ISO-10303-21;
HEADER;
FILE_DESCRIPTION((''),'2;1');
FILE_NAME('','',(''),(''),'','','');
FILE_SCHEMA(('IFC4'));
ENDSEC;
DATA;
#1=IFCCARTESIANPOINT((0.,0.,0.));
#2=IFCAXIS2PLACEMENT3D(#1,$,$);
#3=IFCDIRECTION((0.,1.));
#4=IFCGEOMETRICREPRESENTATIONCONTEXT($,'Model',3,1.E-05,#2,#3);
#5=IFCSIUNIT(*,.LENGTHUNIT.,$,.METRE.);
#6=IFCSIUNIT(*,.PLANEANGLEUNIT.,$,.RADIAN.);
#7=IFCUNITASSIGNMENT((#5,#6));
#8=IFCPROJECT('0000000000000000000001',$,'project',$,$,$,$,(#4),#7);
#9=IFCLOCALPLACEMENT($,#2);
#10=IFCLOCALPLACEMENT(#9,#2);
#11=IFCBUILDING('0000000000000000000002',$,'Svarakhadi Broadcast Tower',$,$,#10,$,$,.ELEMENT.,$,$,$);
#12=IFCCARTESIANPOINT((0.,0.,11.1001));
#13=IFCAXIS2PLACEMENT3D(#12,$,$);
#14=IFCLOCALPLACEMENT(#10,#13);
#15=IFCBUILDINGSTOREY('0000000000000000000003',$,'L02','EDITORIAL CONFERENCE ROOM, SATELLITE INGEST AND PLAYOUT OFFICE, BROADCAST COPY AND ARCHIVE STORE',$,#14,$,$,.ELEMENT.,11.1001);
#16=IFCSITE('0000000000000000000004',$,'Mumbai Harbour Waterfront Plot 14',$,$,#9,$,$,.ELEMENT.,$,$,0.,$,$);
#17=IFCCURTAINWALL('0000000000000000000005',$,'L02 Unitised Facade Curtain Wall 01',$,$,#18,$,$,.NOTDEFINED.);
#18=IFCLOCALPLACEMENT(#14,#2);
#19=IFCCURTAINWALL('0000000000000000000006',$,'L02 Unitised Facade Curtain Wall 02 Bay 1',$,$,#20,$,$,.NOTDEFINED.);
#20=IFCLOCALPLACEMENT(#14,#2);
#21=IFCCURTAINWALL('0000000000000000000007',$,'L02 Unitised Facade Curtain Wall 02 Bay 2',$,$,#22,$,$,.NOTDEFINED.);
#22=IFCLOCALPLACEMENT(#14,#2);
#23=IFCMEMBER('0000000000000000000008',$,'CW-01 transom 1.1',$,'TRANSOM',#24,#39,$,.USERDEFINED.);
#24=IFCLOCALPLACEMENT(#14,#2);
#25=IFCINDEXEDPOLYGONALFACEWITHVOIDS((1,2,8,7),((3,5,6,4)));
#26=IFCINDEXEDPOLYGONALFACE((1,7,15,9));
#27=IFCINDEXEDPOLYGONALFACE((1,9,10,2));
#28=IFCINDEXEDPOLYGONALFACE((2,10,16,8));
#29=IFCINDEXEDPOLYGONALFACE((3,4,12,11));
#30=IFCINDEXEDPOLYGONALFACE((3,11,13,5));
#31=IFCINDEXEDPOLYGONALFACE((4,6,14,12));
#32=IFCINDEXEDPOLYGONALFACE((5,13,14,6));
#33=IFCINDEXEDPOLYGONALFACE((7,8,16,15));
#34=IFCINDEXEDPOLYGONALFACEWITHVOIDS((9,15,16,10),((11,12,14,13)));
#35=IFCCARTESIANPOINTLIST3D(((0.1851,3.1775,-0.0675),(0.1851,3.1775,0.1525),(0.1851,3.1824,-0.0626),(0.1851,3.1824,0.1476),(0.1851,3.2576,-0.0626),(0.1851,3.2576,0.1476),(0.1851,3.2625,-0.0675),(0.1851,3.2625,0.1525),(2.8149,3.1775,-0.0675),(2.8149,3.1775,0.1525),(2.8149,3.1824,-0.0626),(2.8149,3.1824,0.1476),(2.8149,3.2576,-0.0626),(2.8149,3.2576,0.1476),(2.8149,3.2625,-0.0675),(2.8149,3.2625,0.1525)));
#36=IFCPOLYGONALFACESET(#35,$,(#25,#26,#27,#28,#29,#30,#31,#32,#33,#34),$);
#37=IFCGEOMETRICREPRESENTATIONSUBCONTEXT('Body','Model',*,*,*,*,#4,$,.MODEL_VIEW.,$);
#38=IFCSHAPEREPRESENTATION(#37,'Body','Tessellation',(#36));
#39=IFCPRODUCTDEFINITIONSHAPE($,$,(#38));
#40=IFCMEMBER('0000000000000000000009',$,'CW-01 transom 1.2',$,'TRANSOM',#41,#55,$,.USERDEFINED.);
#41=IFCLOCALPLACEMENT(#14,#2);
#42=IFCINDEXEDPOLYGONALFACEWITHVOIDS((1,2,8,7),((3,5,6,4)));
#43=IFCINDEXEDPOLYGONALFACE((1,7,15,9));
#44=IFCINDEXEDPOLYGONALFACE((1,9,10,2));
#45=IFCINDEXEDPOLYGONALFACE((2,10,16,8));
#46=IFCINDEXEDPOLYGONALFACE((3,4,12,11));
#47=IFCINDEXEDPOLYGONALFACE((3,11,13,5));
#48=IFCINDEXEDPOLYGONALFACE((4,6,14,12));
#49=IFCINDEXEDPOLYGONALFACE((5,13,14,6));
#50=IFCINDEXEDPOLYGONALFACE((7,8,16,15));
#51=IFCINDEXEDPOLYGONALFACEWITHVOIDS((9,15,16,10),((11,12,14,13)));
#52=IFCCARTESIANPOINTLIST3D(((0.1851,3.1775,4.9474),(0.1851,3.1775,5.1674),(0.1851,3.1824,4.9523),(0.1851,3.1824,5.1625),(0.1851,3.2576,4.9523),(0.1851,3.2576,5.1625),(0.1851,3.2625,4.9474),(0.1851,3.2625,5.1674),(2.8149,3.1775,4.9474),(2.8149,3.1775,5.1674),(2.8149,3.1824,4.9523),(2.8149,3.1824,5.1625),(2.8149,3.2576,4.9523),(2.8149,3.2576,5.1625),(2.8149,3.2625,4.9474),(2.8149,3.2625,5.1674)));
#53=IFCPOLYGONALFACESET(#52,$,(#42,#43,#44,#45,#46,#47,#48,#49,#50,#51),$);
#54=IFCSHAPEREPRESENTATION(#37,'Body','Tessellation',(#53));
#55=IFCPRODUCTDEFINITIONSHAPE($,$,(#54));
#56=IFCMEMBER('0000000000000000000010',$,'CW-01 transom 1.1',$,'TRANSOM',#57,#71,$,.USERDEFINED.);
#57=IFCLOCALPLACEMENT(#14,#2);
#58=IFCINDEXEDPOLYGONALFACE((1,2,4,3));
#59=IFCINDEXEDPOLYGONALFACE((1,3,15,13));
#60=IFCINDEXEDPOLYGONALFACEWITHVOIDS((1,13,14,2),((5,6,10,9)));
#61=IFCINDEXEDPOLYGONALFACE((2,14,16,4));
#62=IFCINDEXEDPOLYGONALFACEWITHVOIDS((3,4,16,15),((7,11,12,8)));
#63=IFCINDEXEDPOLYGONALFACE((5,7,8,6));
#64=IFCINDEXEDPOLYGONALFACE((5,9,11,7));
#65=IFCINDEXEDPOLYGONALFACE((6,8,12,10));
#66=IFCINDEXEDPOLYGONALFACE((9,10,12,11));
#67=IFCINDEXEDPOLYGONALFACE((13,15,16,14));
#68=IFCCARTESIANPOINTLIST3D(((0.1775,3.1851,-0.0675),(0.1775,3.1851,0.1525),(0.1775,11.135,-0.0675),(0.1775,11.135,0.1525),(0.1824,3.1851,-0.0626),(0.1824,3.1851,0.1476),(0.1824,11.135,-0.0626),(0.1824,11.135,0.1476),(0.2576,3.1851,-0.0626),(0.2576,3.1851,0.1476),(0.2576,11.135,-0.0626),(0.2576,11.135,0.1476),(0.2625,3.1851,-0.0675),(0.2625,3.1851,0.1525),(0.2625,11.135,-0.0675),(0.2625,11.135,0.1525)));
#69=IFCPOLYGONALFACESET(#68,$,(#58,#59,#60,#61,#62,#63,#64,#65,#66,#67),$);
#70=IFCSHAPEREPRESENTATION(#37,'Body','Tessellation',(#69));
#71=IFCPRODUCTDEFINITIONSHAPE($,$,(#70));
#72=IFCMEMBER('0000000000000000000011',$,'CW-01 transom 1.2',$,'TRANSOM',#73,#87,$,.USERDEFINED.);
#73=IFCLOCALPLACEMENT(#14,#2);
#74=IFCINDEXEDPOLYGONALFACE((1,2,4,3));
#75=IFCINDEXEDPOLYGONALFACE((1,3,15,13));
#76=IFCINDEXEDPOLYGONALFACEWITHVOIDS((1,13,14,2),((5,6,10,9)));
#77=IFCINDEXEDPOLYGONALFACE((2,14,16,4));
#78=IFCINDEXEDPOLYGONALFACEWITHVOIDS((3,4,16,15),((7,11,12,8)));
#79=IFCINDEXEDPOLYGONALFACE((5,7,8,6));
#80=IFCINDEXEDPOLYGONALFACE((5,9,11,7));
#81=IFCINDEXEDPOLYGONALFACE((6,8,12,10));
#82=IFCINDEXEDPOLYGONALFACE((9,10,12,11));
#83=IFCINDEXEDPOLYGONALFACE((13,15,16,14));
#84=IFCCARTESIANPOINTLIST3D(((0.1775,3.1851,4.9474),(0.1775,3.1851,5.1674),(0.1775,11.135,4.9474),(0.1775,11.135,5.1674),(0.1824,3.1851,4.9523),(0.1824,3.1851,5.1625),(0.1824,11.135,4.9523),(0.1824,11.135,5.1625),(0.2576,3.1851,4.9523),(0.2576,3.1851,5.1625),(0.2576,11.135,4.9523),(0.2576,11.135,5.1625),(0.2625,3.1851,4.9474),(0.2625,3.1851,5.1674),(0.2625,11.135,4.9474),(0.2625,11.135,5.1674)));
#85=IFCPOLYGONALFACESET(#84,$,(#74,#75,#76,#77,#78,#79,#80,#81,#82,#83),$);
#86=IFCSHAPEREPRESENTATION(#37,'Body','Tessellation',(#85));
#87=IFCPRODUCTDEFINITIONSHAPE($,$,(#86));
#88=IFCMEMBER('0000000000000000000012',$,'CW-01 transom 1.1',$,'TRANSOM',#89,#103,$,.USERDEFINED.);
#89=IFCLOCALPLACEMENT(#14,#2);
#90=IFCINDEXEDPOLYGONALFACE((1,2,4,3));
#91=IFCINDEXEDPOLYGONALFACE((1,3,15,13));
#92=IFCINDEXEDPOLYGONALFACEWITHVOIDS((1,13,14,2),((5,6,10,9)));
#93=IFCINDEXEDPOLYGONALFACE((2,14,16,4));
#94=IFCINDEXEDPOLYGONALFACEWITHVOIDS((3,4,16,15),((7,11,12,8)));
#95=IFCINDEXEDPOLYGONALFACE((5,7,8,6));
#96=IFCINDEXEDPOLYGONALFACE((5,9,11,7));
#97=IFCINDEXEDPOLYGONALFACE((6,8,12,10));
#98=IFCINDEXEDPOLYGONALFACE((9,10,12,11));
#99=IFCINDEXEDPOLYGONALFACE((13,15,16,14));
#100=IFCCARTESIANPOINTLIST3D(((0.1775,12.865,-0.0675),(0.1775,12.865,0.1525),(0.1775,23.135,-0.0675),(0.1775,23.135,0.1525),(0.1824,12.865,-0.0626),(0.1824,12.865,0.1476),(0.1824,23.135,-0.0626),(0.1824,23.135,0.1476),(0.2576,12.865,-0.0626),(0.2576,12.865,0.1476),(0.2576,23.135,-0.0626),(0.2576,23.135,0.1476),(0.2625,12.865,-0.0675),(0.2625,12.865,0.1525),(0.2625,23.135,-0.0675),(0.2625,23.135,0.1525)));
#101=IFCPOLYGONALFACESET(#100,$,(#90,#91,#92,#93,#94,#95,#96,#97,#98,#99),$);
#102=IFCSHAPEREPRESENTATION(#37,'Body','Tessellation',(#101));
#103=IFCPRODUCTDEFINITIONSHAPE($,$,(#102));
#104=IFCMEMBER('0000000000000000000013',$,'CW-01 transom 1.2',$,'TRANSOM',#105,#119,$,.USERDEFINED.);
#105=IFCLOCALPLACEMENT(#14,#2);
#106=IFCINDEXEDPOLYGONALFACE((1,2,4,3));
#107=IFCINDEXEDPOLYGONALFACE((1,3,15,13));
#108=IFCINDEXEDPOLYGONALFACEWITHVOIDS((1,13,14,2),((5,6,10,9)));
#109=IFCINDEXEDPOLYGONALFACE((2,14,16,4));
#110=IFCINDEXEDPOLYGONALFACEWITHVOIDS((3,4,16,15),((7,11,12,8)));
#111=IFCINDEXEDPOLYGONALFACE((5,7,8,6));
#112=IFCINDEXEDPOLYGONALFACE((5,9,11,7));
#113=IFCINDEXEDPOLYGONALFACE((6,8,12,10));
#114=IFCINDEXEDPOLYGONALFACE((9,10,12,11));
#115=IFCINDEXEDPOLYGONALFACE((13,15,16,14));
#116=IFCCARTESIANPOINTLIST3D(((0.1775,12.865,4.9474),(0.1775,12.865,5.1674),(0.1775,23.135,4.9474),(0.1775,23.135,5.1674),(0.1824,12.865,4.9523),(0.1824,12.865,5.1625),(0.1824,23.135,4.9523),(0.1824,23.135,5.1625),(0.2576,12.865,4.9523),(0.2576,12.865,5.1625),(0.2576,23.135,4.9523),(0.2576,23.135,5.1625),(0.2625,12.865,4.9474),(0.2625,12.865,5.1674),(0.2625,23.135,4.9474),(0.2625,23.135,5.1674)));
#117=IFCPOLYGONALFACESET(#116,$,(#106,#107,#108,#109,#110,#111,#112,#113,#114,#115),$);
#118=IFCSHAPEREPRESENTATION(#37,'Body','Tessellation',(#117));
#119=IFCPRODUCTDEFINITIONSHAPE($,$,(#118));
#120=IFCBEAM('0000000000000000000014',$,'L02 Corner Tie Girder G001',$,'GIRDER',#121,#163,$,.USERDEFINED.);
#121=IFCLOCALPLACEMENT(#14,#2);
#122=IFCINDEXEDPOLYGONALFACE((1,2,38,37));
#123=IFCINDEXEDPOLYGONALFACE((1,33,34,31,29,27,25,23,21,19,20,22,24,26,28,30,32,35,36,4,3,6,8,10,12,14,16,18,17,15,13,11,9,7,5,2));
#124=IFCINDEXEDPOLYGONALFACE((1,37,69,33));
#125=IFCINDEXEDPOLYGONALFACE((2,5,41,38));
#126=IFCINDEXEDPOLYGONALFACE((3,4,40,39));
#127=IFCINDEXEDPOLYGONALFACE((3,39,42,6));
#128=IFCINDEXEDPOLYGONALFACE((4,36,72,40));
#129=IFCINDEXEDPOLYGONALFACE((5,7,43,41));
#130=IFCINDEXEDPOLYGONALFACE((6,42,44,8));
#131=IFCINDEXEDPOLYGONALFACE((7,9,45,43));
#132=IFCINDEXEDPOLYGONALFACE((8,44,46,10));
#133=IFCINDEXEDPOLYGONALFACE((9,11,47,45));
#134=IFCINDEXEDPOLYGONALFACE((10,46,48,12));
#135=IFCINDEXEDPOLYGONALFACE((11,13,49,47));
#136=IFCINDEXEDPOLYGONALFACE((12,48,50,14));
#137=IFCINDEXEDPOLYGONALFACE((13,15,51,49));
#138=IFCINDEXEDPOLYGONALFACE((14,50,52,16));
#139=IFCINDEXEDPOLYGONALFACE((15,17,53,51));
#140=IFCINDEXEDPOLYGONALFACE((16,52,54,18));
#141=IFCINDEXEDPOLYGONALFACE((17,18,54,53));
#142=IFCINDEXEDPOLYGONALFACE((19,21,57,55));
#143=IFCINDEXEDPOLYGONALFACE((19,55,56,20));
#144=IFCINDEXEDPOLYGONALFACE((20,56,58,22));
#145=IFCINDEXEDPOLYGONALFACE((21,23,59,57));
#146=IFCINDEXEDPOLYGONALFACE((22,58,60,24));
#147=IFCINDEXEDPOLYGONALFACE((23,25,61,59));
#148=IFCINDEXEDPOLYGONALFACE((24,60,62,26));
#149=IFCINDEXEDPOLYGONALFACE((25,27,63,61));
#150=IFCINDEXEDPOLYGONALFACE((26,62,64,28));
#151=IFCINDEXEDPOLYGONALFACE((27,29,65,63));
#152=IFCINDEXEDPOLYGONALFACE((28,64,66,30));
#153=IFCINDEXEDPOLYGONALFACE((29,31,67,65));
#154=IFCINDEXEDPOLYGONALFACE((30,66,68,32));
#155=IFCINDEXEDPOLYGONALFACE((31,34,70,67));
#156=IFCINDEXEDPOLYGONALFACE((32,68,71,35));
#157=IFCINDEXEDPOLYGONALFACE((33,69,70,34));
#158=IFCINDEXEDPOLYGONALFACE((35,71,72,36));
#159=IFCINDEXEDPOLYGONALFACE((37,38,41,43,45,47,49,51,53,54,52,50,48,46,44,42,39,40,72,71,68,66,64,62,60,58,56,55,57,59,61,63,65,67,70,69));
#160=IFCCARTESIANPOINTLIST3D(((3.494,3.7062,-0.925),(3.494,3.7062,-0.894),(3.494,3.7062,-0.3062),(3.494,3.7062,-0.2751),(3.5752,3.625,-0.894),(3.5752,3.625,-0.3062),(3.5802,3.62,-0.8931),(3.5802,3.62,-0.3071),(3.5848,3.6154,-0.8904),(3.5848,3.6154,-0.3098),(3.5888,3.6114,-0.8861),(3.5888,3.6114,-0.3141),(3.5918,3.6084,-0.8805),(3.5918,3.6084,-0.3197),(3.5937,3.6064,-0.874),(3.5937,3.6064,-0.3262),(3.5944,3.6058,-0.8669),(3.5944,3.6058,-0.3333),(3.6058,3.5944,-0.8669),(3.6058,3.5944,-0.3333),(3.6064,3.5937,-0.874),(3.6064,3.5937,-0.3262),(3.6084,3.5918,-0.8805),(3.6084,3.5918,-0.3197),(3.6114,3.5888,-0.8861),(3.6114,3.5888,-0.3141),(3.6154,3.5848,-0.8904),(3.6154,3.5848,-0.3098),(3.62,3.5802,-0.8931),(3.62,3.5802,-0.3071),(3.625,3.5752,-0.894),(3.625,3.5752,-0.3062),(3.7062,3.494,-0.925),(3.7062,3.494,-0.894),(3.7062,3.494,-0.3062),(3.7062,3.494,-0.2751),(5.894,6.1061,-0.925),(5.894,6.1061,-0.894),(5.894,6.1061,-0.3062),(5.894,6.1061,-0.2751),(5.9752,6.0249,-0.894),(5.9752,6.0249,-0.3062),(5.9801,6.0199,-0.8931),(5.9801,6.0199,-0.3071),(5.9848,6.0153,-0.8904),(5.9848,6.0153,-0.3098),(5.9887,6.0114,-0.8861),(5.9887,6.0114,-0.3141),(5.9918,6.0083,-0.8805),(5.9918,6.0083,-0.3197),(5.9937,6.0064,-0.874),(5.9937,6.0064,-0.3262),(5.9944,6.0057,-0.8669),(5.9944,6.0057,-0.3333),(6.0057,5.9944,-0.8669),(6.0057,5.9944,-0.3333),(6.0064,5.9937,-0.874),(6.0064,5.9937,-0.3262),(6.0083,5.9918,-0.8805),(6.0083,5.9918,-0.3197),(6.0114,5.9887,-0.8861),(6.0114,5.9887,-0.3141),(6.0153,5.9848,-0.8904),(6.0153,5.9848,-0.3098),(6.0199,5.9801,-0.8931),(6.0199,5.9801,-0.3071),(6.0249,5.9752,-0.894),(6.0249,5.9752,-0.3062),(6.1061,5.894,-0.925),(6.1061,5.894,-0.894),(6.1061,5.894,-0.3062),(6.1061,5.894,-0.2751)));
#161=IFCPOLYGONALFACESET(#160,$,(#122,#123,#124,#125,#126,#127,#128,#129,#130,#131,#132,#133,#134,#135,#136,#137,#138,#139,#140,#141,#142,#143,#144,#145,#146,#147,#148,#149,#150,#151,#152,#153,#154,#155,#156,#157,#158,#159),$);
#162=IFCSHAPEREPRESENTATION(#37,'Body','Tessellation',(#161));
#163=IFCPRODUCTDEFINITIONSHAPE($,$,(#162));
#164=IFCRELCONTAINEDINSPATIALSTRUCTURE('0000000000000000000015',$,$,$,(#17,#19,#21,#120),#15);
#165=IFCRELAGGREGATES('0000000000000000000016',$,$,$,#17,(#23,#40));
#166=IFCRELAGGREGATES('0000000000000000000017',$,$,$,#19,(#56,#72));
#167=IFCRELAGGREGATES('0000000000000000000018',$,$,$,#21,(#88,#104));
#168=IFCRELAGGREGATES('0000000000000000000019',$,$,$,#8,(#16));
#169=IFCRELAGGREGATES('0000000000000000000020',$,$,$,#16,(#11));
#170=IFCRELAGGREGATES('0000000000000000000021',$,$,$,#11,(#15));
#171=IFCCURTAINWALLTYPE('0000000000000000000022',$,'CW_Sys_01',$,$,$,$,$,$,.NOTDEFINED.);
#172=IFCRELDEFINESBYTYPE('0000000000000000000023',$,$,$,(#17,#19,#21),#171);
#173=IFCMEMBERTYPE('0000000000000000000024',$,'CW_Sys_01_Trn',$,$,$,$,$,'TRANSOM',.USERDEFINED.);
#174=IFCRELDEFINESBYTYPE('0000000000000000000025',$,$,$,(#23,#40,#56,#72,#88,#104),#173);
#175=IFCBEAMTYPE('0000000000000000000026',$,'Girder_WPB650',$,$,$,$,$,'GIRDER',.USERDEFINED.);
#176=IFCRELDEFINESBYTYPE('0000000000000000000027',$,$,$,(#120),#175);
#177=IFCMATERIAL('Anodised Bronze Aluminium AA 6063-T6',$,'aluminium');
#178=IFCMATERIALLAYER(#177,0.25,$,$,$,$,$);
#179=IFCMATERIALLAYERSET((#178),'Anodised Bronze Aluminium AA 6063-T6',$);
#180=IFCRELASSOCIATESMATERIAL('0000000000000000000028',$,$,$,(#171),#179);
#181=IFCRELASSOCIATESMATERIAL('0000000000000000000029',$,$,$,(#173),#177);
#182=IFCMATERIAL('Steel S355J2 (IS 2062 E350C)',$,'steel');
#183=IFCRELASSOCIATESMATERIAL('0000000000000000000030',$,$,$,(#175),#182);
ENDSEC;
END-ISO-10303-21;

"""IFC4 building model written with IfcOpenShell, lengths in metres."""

from ifc_helpers import new_model, si_unit, direction, frame, origin, origin_2d, place, context, subcontext, project, spatial, hollow_rectangle, i_section, extrude, material, layer, layer_set, material_profile, profile_set, type_object, element, aggregate, save


model = new_model("IFC4")

# Units and contexts
model_context = context("Model", 3, precision=1e-05, world=origin(), true_north=direction((0.0, 1.0)))
body_context = subcontext(model_context, "Body", "Model", "MODEL_VIEW")
ifc_project = project(units=[si_unit("LENGTHUNIT", "METRE"), si_unit("PLANEANGLEUNIT", "RADIAN")], contexts=[model_context])

# Site, building, storey
site_placement = place(None, origin())
site = spatial("IfcSite", under=ifc_project, at=site_placement, Name="Mumbai Harbour Waterfront Plot 14", CompositionType="ELEMENT", RefElevation=0.0)
building_placement = place(site_placement, origin())
building = spatial("IfcBuilding", under=site, at=building_placement, Name="Svarakhadi Broadcast Tower", CompositionType="ELEMENT")
storey_placement = place(building_placement, frame((0.0, 0.0, 11.1001)))
storey = spatial("IfcBuildingStorey", under=building, at=storey_placement, Name="L02", Description="EDITORIAL CONFERENCE ROOM, SATELLITE INGEST AND PLAYOUT OFFICE, BROADCAST COPY AND ARCHIVE STORE", CompositionType="ELEMENT", Elevation=11.1001)

# Shared definitions
ifc_material_1 = material(Name="Steel S355J2 (IS 2062 E350C)", Category="steel")

# Curtain wall
ifc_material_2 = material(Name="Anodised Bronze Aluminium AA 6063-T6", Category="aluminium")
ifc_layer_1 = layer(ifc_material_2, 0.25)
ifc_layer_set_1 = layer_set([ifc_layer_1], Name="Anodised Bronze Aluminium AA 6063-T6")
curtain_wall_type = type_object("IfcCurtainWallType", Name="CW_Sys_01", PredefinedType="NOTDEFINED", material=ifc_layer_set_1)
curtain_wall_1_placement = place(storey_placement, origin())
curtain_wall_1 = element("IfcCurtainWall", 1, at=curtain_wall_1_placement, inside=storey, type_object=curtain_wall_type, Name="L02 Unitised Facade Curtain Wall 01", PredefinedType="NOTDEFINED")

# Curtain walls
curtain_wall_2_placement = place(storey_placement, origin())
curtain_wall_2 = element("IfcCurtainWall", 2, at=curtain_wall_2_placement, inside=storey, type_object=curtain_wall_type, Name="L02 Unitised Facade Curtain Wall 02 Bay 1", PredefinedType="NOTDEFINED")
curtain_wall_3_placement = place(storey_placement, origin())
curtain_wall_3 = element("IfcCurtainWall", 3, at=curtain_wall_3_placement, inside=storey, type_object=curtain_wall_type, Name="L02 Unitised Facade Curtain Wall 02 Bay 2", PredefinedType="NOTDEFINED")

# Members
ifc_material_profile_1 = material_profile(ifc_material_2, hollow_rectangle(XDim=0.085, YDim=0.22, WallThickness=0.0049, at=origin_2d()), Name="ALU TRANSOM 220x85x5")
ifc_profile_set_1 = profile_set([ifc_material_profile_1], Name="Anodised Bronze Aluminium AA 6063-T6")
member_type_1 = type_object("IfcMemberType", Name="CW_Sys_01_Trn", ElementType="TRANSOM", PredefinedType="USERDEFINED", material=ifc_profile_set_1)
member_1_placement = place(storey_placement, frame((2.8149, 3.22, 0.0425), z_axis=(-1.0, 0.0, 0.0), x_axis=(0.0, -1.0, 0.0)))
member_1 = element("IfcMember", 4, at=member_1_placement, type_object=member_type_1, Name="CW-01 transom 1.1", ObjectType="TRANSOM", PredefinedType="USERDEFINED", context=body_context, shape_type="SweptSolid", body=[
    extrude(hollow_rectangle(XDim=0.085, YDim=0.22, WallThickness=0.0049, at=origin_2d()), origin(), (0.0, 0.0, 1.0), 2.6299),
])
member_2_placement = place(storey_placement, frame((2.8149, 3.22, 5.0574), z_axis=(-1.0, 0.0, 0.0), x_axis=(0.0, -1.0, 0.0)))
member_2 = element("IfcMember", 5, at=member_2_placement, type_object=member_type_1, Name="CW-01 transom 1.2", ObjectType="TRANSOM", PredefinedType="USERDEFINED", context=body_context, shape_type="SweptSolid", body=[
    extrude(hollow_rectangle(XDim=0.085, YDim=0.22, WallThickness=0.0049, at=origin_2d()), origin(), (0.0, 0.0, 1.0), 2.6299),
])
member_3_placement = place(storey_placement, frame((0.22, 3.1851, 0.0425), z_axis=(0.0, 1.0, 0.0), x_axis=(-1.0, 0.0, 0.0)))
member_3 = element("IfcMember", 6, at=member_3_placement, type_object=member_type_1, Name="CW-01 transom 1.1", ObjectType="TRANSOM", PredefinedType="USERDEFINED", context=body_context, shape_type="SweptSolid", body=[
    extrude(hollow_rectangle(XDim=0.085, YDim=0.22, WallThickness=0.0049, at=origin_2d()), origin(), (0.0, 0.0, 1.0), 7.95),
])
member_4_placement = place(storey_placement, frame((0.22, 3.1851, 5.0574), z_axis=(0.0, 1.0, 0.0), x_axis=(-1.0, 0.0, 0.0)))
member_4 = element("IfcMember", 7, at=member_4_placement, type_object=member_type_1, Name="CW-01 transom 1.2", ObjectType="TRANSOM", PredefinedType="USERDEFINED", context=body_context, shape_type="SweptSolid", body=[
    extrude(hollow_rectangle(XDim=0.085, YDim=0.22, WallThickness=0.0049, at=origin_2d()), origin(), (0.0, 0.0, 1.0), 7.95),
])
member_5_placement = place(storey_placement, frame((0.22, 12.865, 0.0425), z_axis=(0.0, 1.0, 0.0), x_axis=(-1.0, 0.0, 0.0)))
member_5 = element("IfcMember", 8, at=member_5_placement, type_object=member_type_1, Name="CW-01 transom 1.1", ObjectType="TRANSOM", PredefinedType="USERDEFINED", context=body_context, shape_type="SweptSolid", body=[
    extrude(hollow_rectangle(XDim=0.085, YDim=0.22, WallThickness=0.0049, at=origin_2d()), origin(), (0.0, 0.0, 1.0), 10.27),
])
member_6_placement = place(storey_placement, frame((0.22, 12.865, 5.0574), z_axis=(0.0, 1.0, 0.0), x_axis=(-1.0, 0.0, 0.0)))
member_6 = element("IfcMember", 9, at=member_6_placement, type_object=member_type_1, Name="CW-01 transom 1.2", ObjectType="TRANSOM", PredefinedType="USERDEFINED", context=body_context, shape_type="SweptSolid", body=[
    extrude(hollow_rectangle(XDim=0.085, YDim=0.22, WallThickness=0.0049, at=origin_2d()), origin(), (0.0, 0.0, 1.0), 10.27),
])

# Beam
ifc_material_profile_2 = material_profile(ifc_material_1, i_section(OverallWidth=0.3, OverallDepth=0.6499, WebThickness=0.0161, FlangeThickness=0.031, FilletRadius=0.0271, at=origin_2d()), Name="WPB 650x300x225")
ifc_profile_set_2 = profile_set([ifc_material_profile_2], Name="Steel S355J2 (IS 2062 E350C)")
beam_type_1 = type_object("IfcBeamType", Name="Girder_WPB650", ElementType="GIRDER", PredefinedType="USERDEFINED", material=ifc_profile_set_2)
beam_placement = place(storey_placement, frame((3.6001, 3.6001, -0.6001), z_axis=(0.707107, 0.707107, 0.0), x_axis=(-0.707107, 0.707107, 0.0)))
element("IfcBeam", 10, at=beam_placement, inside=storey, type_object=beam_type_1, Name="L02 Corner Tie Girder G001", ObjectType="GIRDER", PredefinedType="USERDEFINED", context=body_context, shape_type="SweptSolid", body=[
    extrude(i_section(OverallWidth=0.3, OverallDepth=0.6499, WebThickness=0.0161, FlangeThickness=0.031, FilletRadius=0.0271, at=origin_2d()), origin(), (0.0, 0.0, 1.0), 3.394),
])

aggregate(curtain_wall_1, [member_1, member_2])
aggregate(curtain_wall_2, [member_3, member_4])
aggregate(curtain_wall_3, [member_5, member_6])

save(model, "model.ifc")
